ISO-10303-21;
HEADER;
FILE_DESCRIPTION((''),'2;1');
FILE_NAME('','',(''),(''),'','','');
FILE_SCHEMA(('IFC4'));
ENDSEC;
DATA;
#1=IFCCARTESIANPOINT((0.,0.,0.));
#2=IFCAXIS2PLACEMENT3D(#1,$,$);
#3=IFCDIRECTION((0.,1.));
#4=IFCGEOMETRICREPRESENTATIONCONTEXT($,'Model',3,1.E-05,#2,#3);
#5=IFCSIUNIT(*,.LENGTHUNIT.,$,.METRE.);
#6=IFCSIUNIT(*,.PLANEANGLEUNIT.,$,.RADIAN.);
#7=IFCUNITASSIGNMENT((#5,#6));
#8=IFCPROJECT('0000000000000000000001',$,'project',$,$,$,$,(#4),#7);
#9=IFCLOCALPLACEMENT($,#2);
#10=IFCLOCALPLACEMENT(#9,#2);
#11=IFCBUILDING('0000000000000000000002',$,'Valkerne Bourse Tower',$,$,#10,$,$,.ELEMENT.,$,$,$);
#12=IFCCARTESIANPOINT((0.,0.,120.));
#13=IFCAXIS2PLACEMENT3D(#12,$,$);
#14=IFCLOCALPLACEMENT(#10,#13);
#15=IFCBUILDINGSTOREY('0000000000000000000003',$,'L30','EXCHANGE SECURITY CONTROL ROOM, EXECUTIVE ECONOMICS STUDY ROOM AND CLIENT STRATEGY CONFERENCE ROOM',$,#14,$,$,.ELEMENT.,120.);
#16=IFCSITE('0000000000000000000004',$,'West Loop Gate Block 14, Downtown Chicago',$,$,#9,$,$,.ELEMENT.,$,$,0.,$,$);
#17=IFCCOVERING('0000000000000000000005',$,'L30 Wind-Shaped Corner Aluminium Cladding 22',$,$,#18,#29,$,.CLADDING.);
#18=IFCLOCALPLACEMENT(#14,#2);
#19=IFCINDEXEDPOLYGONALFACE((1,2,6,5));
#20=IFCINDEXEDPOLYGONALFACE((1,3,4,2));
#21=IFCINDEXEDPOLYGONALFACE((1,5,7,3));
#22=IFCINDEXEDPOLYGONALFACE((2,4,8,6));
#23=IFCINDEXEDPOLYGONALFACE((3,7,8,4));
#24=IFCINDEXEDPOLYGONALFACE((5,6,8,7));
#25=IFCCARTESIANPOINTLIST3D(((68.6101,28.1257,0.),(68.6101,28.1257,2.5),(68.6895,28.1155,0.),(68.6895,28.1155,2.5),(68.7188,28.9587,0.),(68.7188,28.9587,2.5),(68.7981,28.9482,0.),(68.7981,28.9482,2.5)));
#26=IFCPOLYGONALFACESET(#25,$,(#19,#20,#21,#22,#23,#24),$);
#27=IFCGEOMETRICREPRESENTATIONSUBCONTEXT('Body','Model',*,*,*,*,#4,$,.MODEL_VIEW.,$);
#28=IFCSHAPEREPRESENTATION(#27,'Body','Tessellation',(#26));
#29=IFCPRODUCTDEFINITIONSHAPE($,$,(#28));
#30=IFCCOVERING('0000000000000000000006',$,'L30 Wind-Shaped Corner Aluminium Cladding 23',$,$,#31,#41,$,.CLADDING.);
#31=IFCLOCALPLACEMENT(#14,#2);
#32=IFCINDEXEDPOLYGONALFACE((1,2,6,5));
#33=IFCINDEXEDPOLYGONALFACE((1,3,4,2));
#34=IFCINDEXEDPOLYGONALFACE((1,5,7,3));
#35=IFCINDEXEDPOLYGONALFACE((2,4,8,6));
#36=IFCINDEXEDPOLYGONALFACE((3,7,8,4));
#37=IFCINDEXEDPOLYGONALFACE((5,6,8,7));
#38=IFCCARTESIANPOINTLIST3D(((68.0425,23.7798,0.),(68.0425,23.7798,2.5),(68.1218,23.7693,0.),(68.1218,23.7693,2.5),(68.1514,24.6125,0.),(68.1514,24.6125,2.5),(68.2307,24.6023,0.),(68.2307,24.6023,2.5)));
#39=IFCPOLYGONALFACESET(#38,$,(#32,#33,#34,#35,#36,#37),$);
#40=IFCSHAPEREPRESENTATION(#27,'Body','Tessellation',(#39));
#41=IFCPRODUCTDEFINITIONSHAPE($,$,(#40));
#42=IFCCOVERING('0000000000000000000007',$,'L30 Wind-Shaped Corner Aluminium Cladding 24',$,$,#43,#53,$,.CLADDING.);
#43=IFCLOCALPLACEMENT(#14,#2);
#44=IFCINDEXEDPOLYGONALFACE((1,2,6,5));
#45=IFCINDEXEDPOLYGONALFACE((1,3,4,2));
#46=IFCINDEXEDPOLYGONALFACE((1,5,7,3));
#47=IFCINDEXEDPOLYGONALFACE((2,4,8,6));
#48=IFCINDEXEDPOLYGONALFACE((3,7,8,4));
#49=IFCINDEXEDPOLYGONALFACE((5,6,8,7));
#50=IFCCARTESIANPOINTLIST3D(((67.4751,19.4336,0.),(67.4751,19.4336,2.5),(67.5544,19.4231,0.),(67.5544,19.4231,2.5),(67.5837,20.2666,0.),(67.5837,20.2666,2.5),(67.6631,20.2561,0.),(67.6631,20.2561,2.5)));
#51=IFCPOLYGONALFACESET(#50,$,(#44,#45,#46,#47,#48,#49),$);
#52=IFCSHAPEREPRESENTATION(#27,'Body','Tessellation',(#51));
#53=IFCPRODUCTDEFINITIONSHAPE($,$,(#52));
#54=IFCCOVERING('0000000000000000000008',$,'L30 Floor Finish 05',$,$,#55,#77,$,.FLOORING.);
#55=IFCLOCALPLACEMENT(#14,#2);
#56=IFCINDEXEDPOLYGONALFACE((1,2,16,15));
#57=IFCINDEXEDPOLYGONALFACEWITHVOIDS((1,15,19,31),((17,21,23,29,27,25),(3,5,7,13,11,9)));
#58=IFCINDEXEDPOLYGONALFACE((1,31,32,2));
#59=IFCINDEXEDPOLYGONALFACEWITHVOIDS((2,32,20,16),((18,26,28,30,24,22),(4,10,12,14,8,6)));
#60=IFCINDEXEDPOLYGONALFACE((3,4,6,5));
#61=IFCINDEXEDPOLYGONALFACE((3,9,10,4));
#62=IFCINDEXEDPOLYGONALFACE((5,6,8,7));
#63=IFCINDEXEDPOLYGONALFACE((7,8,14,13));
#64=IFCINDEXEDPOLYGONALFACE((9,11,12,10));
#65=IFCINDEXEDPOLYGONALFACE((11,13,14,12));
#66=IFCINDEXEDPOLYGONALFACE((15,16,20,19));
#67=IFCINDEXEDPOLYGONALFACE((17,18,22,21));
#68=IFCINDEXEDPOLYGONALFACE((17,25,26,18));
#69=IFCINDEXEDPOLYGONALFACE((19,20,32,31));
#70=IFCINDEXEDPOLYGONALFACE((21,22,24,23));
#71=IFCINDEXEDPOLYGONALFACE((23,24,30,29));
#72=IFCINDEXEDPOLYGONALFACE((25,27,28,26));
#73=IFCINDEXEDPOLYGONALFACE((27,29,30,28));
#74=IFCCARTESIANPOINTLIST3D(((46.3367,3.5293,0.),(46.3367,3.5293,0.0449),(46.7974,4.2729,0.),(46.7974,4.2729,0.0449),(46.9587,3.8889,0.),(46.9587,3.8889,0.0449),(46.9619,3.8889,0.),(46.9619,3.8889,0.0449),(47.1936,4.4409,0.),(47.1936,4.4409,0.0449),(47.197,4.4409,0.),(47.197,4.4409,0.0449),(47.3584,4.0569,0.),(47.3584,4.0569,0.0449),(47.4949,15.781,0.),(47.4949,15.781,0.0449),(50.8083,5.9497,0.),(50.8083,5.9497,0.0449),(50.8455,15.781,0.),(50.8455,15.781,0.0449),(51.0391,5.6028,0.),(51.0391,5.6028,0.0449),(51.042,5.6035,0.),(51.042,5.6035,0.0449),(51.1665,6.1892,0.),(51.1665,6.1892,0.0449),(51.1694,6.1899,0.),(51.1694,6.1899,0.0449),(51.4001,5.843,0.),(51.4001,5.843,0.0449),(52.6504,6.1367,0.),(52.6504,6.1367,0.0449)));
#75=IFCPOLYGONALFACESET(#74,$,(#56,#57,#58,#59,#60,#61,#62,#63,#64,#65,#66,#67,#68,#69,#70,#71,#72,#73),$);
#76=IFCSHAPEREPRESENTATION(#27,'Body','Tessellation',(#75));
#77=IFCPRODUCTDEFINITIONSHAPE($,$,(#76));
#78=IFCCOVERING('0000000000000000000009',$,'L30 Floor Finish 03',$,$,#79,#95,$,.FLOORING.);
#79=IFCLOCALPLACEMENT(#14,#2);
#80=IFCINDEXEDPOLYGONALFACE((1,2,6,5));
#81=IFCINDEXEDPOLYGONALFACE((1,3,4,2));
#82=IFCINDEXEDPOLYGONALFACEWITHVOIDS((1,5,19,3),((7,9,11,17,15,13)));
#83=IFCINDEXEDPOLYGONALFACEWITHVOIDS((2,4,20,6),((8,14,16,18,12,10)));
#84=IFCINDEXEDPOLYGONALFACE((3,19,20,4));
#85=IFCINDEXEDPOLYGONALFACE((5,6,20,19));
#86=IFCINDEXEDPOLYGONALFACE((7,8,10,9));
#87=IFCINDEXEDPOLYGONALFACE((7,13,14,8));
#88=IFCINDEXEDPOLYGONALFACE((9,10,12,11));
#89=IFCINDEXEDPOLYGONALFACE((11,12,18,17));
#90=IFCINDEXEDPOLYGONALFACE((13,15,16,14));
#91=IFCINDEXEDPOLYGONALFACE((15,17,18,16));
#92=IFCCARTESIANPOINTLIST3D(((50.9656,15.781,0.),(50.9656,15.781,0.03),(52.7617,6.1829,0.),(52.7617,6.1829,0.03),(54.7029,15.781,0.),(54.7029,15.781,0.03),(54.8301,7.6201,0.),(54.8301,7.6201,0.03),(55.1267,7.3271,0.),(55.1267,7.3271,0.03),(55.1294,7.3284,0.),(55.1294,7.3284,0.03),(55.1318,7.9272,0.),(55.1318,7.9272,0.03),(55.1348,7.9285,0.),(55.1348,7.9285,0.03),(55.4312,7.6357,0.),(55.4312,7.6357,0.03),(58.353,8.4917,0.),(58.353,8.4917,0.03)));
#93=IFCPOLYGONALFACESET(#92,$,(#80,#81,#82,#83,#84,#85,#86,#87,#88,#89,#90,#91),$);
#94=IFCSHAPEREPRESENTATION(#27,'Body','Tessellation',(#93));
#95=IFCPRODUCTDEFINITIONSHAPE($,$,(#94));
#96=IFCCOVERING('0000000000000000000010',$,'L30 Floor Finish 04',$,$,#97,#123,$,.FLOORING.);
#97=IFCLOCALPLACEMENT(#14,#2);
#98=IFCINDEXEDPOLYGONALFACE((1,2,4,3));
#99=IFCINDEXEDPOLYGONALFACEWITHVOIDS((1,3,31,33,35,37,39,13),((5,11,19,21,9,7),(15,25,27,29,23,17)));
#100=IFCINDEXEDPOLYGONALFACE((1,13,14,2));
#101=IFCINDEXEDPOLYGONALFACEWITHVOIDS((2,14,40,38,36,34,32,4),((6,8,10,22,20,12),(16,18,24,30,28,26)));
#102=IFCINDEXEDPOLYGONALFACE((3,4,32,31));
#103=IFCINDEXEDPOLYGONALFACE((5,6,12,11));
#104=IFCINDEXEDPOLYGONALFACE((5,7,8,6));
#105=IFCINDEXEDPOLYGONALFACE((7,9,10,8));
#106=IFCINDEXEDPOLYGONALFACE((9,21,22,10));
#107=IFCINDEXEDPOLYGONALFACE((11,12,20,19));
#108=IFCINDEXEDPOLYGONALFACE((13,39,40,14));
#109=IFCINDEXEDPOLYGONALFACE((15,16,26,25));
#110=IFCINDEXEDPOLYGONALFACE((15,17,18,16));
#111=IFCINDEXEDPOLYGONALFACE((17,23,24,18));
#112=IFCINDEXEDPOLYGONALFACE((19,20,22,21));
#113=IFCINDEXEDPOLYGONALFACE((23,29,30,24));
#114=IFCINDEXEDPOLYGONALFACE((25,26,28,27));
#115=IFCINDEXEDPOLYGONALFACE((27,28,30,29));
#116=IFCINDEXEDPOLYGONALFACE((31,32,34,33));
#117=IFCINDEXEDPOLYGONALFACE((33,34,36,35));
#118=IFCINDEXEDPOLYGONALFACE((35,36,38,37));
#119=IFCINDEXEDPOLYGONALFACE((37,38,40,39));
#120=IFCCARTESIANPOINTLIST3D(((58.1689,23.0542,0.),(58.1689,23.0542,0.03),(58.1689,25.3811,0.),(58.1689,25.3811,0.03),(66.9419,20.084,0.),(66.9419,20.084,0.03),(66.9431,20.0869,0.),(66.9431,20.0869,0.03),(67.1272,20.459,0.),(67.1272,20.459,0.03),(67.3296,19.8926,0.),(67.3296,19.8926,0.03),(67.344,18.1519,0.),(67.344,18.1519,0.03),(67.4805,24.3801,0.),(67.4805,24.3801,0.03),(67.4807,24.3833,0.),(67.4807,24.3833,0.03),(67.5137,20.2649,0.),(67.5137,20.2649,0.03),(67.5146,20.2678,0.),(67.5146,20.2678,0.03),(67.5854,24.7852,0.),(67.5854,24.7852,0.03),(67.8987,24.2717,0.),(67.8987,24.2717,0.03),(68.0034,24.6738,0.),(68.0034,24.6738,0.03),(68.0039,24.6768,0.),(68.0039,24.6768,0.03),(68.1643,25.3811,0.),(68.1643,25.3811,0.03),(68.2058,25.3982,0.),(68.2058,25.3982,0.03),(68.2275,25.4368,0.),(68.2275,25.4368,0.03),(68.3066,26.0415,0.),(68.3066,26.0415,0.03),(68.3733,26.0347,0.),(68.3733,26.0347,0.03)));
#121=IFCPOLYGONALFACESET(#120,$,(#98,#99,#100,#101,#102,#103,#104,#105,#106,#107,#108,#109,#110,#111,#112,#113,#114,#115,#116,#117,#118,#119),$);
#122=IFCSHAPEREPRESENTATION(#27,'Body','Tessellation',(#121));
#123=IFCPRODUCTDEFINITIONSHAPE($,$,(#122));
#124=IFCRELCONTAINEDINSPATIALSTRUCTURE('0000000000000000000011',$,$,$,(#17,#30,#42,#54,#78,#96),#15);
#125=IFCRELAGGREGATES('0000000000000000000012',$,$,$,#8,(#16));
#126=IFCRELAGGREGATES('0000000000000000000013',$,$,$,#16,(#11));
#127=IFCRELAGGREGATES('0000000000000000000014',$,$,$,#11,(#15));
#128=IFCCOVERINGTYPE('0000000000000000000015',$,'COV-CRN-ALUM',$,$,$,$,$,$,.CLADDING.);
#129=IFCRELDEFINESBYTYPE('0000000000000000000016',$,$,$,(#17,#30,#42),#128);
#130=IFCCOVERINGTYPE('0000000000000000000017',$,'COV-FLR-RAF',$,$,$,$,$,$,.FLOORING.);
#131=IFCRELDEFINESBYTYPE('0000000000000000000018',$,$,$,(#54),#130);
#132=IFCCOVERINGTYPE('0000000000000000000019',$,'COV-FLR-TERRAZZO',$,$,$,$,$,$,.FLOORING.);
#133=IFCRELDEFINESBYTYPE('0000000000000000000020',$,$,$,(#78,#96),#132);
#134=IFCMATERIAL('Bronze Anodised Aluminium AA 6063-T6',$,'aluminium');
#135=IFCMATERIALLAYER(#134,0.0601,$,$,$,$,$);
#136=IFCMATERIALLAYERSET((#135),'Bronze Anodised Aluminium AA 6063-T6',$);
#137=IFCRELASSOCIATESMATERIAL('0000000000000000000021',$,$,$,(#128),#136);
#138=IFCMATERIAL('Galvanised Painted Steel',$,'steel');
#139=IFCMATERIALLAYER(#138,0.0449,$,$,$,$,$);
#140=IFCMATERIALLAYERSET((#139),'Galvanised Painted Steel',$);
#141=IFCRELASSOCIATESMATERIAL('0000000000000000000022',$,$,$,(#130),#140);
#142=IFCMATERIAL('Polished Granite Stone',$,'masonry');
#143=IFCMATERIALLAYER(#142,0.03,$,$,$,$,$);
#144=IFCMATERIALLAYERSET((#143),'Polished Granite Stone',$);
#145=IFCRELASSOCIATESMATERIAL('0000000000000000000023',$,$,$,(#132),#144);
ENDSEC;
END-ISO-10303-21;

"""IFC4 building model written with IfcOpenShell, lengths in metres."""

from ifc_helpers import new_model, si_unit, direction, frame, origin, place, context, subcontext, project, spatial, polyline, outline, extrude, material, layer, layer_set, type_object, element, save


model = new_model("IFC4")

# Units and contexts
model_context = context("Model", 3, precision=1e-05, world=origin(), true_north=direction((0.0, 1.0)))
body_context = subcontext(model_context, "Body", "Model", "MODEL_VIEW")
ifc_project = project(units=[si_unit("LENGTHUNIT", "METRE"), si_unit("PLANEANGLEUNIT", "RADIAN")], contexts=[model_context])

# Site, building, storey
site_placement = place(None, origin())
site = spatial("IfcSite", under=ifc_project, at=site_placement, Name="West Loop Gate Block 14, Downtown Chicago", CompositionType="ELEMENT", RefElevation=0.0)
building_placement = place(site_placement, origin())
building = spatial("IfcBuilding", under=site, at=building_placement, Name="Valkerne Bourse Tower", CompositionType="ELEMENT")
storey_placement = place(building_placement, frame((0.0, 0.0, 120.0)))
storey = spatial("IfcBuildingStorey", under=building, at=storey_placement, Name="L30", Description="EXCHANGE SECURITY CONTROL ROOM, EXECUTIVE ECONOMICS STUDY ROOM AND CLIENT STRATEGY CONFERENCE ROOM", CompositionType="ELEMENT", Elevation=120.0)

# Coverings
ifc_material_1 = material(Name="Bronze Anodised Aluminium AA 6063-T6", Category="aluminium")
ifc_layer_1 = layer(ifc_material_1, 0.0601)
ifc_layer_set_1 = layer_set([ifc_layer_1], Name="Bronze Anodised Aluminium AA 6063-T6")
covering_type_1 = type_object("IfcCoveringType", Name="COV-CRN-ALUM", PredefinedType="CLADDING", material=ifc_layer_set_1)
covering_1_placement = place(storey_placement, origin())
element("IfcCovering", 1, at=covering_1_placement, inside=storey, type_object=covering_type_1, Name="L30 Wind-Shaped Corner Aluminium Cladding 22", PredefinedType="CLADDING", context=body_context, shape_type="SweptSolid", body=[
    extrude(outline(polyline([(68.6895, 28.1155), (68.6101, 28.1257), (68.7188, 28.9587), (68.7981, 28.9482), (68.6895, 28.1155)])), origin(), (0.0, 0.0, 1.0), 2.5),
])
covering_2_placement = place(storey_placement, origin())
element("IfcCovering", 2, at=covering_2_placement, inside=storey, type_object=covering_type_1, Name="L30 Wind-Shaped Corner Aluminium Cladding 23", PredefinedType="CLADDING", context=body_context, shape_type="SweptSolid", body=[
    extrude(outline(polyline([(68.1218, 23.7693), (68.0425, 23.7798), (68.1514, 24.6125), (68.2307, 24.6023), (68.1218, 23.7693)])), origin(), (0.0, 0.0, 1.0), 2.5),
])
covering_3_placement = place(storey_placement, origin())
element("IfcCovering", 3, at=covering_3_placement, inside=storey, type_object=covering_type_1, Name="L30 Wind-Shaped Corner Aluminium Cladding 24", PredefinedType="CLADDING", context=body_context, shape_type="SweptSolid", body=[
    extrude(outline(polyline([(67.5544, 19.4231), (67.4751, 19.4336), (67.5837, 20.2666), (67.6631, 20.2561), (67.5544, 19.4231)])), origin(), (0.0, 0.0, 1.0), 2.5),
])
ifc_material_2 = material(Name="Galvanised Painted Steel", Category="steel")
ifc_layer_2 = layer(ifc_material_2, 0.0449)
ifc_layer_set_2 = layer_set([ifc_layer_2], Name="Galvanised Painted Steel")
covering_type_2 = type_object("IfcCoveringType", Name="COV-FLR-RAF", PredefinedType="FLOORING", material=ifc_layer_set_2)
covering_4_placement = place(storey_placement, origin())
element("IfcCovering", 4, at=covering_4_placement, inside=storey, type_object=covering_type_2, Name="L30 Floor Finish 05", PredefinedType="FLOORING", context=body_context, shape_type="SweptSolid", body=[
    extrude(outline(polyline([(50.8455, 15.781), (52.6504, 6.1367), (46.3367, 3.5293), (47.4949, 15.781), (50.8455, 15.781)]), holes=[polyline([(46.9619, 3.8889), (47.3584, 4.0569), (47.197, 4.4409), (47.1936, 4.4409), (46.7974, 4.2729), (46.9587, 3.8889), (46.9619, 3.8889)]), polyline([(51.4001, 5.843), (51.1694, 6.1899), (51.1665, 6.1892), (50.8083, 5.9497), (51.0391, 5.6028), (51.042, 5.6035), (51.4001, 5.843)])]), origin(), (0.0, 0.0, 1.0), 0.0449),
])
ifc_material_3 = material(Name="Polished Granite Stone", Category="masonry")
ifc_layer_3 = layer(ifc_material_3, 0.03)
ifc_layer_set_3 = layer_set([ifc_layer_3], Name="Polished Granite Stone")
covering_type_3 = type_object("IfcCoveringType", Name="COV-FLR-TERRAZZO", PredefinedType="FLOORING", material=ifc_layer_set_3)
covering_5_placement = place(storey_placement, origin())
element("IfcCovering", 5, at=covering_5_placement, inside=storey, type_object=covering_type_3, Name="L30 Floor Finish 03", PredefinedType="FLOORING", context=body_context, shape_type="SweptSolid", body=[
    extrude(outline(polyline([(54.7029, 15.781), (58.353, 8.4917), (52.7617, 6.1829), (50.9656, 15.781), (54.7029, 15.781)]), holes=[polyline([(55.1294, 7.3284), (55.4312, 7.6357), (55.1348, 7.9285), (55.1318, 7.9272), (54.8301, 7.6201), (55.1267, 7.3271), (55.1294, 7.3284)])]), origin(), (0.0, 0.0, 1.0), 0.03),
])
covering_6_placement = place(storey_placement, origin())
element("IfcCovering", 6, at=covering_6_placement, inside=storey, type_object=covering_type_3, Name="L30 Floor Finish 04", PredefinedType="FLOORING", context=body_context, shape_type="SweptSolid", body=[
    extrude(outline(polyline([(58.1689, 25.3811), (68.1643, 25.3811), (68.2058, 25.3982), (68.2275, 25.4368), (68.3066, 26.0415), (68.3733, 26.0347), (67.344, 18.1519), (58.1689, 23.0542), (58.1689, 25.3811)]), holes=[polyline([(67.5146, 20.2678), (67.1272, 20.459), (66.9431, 20.0869), (66.9419, 20.084), (67.3296, 19.8926), (67.5137, 20.2649), (67.5146, 20.2678)]), polyline([(68.0034, 24.6738), (68.0039, 24.6768), (67.5854, 24.7852), (67.4807, 24.3833), (67.4805, 24.3801), (67.8987, 24.2717), (68.0034, 24.6738)])]), origin(), (0.0, 0.0, 1.0), 0.03),
])

save(model, "model.ifc")
